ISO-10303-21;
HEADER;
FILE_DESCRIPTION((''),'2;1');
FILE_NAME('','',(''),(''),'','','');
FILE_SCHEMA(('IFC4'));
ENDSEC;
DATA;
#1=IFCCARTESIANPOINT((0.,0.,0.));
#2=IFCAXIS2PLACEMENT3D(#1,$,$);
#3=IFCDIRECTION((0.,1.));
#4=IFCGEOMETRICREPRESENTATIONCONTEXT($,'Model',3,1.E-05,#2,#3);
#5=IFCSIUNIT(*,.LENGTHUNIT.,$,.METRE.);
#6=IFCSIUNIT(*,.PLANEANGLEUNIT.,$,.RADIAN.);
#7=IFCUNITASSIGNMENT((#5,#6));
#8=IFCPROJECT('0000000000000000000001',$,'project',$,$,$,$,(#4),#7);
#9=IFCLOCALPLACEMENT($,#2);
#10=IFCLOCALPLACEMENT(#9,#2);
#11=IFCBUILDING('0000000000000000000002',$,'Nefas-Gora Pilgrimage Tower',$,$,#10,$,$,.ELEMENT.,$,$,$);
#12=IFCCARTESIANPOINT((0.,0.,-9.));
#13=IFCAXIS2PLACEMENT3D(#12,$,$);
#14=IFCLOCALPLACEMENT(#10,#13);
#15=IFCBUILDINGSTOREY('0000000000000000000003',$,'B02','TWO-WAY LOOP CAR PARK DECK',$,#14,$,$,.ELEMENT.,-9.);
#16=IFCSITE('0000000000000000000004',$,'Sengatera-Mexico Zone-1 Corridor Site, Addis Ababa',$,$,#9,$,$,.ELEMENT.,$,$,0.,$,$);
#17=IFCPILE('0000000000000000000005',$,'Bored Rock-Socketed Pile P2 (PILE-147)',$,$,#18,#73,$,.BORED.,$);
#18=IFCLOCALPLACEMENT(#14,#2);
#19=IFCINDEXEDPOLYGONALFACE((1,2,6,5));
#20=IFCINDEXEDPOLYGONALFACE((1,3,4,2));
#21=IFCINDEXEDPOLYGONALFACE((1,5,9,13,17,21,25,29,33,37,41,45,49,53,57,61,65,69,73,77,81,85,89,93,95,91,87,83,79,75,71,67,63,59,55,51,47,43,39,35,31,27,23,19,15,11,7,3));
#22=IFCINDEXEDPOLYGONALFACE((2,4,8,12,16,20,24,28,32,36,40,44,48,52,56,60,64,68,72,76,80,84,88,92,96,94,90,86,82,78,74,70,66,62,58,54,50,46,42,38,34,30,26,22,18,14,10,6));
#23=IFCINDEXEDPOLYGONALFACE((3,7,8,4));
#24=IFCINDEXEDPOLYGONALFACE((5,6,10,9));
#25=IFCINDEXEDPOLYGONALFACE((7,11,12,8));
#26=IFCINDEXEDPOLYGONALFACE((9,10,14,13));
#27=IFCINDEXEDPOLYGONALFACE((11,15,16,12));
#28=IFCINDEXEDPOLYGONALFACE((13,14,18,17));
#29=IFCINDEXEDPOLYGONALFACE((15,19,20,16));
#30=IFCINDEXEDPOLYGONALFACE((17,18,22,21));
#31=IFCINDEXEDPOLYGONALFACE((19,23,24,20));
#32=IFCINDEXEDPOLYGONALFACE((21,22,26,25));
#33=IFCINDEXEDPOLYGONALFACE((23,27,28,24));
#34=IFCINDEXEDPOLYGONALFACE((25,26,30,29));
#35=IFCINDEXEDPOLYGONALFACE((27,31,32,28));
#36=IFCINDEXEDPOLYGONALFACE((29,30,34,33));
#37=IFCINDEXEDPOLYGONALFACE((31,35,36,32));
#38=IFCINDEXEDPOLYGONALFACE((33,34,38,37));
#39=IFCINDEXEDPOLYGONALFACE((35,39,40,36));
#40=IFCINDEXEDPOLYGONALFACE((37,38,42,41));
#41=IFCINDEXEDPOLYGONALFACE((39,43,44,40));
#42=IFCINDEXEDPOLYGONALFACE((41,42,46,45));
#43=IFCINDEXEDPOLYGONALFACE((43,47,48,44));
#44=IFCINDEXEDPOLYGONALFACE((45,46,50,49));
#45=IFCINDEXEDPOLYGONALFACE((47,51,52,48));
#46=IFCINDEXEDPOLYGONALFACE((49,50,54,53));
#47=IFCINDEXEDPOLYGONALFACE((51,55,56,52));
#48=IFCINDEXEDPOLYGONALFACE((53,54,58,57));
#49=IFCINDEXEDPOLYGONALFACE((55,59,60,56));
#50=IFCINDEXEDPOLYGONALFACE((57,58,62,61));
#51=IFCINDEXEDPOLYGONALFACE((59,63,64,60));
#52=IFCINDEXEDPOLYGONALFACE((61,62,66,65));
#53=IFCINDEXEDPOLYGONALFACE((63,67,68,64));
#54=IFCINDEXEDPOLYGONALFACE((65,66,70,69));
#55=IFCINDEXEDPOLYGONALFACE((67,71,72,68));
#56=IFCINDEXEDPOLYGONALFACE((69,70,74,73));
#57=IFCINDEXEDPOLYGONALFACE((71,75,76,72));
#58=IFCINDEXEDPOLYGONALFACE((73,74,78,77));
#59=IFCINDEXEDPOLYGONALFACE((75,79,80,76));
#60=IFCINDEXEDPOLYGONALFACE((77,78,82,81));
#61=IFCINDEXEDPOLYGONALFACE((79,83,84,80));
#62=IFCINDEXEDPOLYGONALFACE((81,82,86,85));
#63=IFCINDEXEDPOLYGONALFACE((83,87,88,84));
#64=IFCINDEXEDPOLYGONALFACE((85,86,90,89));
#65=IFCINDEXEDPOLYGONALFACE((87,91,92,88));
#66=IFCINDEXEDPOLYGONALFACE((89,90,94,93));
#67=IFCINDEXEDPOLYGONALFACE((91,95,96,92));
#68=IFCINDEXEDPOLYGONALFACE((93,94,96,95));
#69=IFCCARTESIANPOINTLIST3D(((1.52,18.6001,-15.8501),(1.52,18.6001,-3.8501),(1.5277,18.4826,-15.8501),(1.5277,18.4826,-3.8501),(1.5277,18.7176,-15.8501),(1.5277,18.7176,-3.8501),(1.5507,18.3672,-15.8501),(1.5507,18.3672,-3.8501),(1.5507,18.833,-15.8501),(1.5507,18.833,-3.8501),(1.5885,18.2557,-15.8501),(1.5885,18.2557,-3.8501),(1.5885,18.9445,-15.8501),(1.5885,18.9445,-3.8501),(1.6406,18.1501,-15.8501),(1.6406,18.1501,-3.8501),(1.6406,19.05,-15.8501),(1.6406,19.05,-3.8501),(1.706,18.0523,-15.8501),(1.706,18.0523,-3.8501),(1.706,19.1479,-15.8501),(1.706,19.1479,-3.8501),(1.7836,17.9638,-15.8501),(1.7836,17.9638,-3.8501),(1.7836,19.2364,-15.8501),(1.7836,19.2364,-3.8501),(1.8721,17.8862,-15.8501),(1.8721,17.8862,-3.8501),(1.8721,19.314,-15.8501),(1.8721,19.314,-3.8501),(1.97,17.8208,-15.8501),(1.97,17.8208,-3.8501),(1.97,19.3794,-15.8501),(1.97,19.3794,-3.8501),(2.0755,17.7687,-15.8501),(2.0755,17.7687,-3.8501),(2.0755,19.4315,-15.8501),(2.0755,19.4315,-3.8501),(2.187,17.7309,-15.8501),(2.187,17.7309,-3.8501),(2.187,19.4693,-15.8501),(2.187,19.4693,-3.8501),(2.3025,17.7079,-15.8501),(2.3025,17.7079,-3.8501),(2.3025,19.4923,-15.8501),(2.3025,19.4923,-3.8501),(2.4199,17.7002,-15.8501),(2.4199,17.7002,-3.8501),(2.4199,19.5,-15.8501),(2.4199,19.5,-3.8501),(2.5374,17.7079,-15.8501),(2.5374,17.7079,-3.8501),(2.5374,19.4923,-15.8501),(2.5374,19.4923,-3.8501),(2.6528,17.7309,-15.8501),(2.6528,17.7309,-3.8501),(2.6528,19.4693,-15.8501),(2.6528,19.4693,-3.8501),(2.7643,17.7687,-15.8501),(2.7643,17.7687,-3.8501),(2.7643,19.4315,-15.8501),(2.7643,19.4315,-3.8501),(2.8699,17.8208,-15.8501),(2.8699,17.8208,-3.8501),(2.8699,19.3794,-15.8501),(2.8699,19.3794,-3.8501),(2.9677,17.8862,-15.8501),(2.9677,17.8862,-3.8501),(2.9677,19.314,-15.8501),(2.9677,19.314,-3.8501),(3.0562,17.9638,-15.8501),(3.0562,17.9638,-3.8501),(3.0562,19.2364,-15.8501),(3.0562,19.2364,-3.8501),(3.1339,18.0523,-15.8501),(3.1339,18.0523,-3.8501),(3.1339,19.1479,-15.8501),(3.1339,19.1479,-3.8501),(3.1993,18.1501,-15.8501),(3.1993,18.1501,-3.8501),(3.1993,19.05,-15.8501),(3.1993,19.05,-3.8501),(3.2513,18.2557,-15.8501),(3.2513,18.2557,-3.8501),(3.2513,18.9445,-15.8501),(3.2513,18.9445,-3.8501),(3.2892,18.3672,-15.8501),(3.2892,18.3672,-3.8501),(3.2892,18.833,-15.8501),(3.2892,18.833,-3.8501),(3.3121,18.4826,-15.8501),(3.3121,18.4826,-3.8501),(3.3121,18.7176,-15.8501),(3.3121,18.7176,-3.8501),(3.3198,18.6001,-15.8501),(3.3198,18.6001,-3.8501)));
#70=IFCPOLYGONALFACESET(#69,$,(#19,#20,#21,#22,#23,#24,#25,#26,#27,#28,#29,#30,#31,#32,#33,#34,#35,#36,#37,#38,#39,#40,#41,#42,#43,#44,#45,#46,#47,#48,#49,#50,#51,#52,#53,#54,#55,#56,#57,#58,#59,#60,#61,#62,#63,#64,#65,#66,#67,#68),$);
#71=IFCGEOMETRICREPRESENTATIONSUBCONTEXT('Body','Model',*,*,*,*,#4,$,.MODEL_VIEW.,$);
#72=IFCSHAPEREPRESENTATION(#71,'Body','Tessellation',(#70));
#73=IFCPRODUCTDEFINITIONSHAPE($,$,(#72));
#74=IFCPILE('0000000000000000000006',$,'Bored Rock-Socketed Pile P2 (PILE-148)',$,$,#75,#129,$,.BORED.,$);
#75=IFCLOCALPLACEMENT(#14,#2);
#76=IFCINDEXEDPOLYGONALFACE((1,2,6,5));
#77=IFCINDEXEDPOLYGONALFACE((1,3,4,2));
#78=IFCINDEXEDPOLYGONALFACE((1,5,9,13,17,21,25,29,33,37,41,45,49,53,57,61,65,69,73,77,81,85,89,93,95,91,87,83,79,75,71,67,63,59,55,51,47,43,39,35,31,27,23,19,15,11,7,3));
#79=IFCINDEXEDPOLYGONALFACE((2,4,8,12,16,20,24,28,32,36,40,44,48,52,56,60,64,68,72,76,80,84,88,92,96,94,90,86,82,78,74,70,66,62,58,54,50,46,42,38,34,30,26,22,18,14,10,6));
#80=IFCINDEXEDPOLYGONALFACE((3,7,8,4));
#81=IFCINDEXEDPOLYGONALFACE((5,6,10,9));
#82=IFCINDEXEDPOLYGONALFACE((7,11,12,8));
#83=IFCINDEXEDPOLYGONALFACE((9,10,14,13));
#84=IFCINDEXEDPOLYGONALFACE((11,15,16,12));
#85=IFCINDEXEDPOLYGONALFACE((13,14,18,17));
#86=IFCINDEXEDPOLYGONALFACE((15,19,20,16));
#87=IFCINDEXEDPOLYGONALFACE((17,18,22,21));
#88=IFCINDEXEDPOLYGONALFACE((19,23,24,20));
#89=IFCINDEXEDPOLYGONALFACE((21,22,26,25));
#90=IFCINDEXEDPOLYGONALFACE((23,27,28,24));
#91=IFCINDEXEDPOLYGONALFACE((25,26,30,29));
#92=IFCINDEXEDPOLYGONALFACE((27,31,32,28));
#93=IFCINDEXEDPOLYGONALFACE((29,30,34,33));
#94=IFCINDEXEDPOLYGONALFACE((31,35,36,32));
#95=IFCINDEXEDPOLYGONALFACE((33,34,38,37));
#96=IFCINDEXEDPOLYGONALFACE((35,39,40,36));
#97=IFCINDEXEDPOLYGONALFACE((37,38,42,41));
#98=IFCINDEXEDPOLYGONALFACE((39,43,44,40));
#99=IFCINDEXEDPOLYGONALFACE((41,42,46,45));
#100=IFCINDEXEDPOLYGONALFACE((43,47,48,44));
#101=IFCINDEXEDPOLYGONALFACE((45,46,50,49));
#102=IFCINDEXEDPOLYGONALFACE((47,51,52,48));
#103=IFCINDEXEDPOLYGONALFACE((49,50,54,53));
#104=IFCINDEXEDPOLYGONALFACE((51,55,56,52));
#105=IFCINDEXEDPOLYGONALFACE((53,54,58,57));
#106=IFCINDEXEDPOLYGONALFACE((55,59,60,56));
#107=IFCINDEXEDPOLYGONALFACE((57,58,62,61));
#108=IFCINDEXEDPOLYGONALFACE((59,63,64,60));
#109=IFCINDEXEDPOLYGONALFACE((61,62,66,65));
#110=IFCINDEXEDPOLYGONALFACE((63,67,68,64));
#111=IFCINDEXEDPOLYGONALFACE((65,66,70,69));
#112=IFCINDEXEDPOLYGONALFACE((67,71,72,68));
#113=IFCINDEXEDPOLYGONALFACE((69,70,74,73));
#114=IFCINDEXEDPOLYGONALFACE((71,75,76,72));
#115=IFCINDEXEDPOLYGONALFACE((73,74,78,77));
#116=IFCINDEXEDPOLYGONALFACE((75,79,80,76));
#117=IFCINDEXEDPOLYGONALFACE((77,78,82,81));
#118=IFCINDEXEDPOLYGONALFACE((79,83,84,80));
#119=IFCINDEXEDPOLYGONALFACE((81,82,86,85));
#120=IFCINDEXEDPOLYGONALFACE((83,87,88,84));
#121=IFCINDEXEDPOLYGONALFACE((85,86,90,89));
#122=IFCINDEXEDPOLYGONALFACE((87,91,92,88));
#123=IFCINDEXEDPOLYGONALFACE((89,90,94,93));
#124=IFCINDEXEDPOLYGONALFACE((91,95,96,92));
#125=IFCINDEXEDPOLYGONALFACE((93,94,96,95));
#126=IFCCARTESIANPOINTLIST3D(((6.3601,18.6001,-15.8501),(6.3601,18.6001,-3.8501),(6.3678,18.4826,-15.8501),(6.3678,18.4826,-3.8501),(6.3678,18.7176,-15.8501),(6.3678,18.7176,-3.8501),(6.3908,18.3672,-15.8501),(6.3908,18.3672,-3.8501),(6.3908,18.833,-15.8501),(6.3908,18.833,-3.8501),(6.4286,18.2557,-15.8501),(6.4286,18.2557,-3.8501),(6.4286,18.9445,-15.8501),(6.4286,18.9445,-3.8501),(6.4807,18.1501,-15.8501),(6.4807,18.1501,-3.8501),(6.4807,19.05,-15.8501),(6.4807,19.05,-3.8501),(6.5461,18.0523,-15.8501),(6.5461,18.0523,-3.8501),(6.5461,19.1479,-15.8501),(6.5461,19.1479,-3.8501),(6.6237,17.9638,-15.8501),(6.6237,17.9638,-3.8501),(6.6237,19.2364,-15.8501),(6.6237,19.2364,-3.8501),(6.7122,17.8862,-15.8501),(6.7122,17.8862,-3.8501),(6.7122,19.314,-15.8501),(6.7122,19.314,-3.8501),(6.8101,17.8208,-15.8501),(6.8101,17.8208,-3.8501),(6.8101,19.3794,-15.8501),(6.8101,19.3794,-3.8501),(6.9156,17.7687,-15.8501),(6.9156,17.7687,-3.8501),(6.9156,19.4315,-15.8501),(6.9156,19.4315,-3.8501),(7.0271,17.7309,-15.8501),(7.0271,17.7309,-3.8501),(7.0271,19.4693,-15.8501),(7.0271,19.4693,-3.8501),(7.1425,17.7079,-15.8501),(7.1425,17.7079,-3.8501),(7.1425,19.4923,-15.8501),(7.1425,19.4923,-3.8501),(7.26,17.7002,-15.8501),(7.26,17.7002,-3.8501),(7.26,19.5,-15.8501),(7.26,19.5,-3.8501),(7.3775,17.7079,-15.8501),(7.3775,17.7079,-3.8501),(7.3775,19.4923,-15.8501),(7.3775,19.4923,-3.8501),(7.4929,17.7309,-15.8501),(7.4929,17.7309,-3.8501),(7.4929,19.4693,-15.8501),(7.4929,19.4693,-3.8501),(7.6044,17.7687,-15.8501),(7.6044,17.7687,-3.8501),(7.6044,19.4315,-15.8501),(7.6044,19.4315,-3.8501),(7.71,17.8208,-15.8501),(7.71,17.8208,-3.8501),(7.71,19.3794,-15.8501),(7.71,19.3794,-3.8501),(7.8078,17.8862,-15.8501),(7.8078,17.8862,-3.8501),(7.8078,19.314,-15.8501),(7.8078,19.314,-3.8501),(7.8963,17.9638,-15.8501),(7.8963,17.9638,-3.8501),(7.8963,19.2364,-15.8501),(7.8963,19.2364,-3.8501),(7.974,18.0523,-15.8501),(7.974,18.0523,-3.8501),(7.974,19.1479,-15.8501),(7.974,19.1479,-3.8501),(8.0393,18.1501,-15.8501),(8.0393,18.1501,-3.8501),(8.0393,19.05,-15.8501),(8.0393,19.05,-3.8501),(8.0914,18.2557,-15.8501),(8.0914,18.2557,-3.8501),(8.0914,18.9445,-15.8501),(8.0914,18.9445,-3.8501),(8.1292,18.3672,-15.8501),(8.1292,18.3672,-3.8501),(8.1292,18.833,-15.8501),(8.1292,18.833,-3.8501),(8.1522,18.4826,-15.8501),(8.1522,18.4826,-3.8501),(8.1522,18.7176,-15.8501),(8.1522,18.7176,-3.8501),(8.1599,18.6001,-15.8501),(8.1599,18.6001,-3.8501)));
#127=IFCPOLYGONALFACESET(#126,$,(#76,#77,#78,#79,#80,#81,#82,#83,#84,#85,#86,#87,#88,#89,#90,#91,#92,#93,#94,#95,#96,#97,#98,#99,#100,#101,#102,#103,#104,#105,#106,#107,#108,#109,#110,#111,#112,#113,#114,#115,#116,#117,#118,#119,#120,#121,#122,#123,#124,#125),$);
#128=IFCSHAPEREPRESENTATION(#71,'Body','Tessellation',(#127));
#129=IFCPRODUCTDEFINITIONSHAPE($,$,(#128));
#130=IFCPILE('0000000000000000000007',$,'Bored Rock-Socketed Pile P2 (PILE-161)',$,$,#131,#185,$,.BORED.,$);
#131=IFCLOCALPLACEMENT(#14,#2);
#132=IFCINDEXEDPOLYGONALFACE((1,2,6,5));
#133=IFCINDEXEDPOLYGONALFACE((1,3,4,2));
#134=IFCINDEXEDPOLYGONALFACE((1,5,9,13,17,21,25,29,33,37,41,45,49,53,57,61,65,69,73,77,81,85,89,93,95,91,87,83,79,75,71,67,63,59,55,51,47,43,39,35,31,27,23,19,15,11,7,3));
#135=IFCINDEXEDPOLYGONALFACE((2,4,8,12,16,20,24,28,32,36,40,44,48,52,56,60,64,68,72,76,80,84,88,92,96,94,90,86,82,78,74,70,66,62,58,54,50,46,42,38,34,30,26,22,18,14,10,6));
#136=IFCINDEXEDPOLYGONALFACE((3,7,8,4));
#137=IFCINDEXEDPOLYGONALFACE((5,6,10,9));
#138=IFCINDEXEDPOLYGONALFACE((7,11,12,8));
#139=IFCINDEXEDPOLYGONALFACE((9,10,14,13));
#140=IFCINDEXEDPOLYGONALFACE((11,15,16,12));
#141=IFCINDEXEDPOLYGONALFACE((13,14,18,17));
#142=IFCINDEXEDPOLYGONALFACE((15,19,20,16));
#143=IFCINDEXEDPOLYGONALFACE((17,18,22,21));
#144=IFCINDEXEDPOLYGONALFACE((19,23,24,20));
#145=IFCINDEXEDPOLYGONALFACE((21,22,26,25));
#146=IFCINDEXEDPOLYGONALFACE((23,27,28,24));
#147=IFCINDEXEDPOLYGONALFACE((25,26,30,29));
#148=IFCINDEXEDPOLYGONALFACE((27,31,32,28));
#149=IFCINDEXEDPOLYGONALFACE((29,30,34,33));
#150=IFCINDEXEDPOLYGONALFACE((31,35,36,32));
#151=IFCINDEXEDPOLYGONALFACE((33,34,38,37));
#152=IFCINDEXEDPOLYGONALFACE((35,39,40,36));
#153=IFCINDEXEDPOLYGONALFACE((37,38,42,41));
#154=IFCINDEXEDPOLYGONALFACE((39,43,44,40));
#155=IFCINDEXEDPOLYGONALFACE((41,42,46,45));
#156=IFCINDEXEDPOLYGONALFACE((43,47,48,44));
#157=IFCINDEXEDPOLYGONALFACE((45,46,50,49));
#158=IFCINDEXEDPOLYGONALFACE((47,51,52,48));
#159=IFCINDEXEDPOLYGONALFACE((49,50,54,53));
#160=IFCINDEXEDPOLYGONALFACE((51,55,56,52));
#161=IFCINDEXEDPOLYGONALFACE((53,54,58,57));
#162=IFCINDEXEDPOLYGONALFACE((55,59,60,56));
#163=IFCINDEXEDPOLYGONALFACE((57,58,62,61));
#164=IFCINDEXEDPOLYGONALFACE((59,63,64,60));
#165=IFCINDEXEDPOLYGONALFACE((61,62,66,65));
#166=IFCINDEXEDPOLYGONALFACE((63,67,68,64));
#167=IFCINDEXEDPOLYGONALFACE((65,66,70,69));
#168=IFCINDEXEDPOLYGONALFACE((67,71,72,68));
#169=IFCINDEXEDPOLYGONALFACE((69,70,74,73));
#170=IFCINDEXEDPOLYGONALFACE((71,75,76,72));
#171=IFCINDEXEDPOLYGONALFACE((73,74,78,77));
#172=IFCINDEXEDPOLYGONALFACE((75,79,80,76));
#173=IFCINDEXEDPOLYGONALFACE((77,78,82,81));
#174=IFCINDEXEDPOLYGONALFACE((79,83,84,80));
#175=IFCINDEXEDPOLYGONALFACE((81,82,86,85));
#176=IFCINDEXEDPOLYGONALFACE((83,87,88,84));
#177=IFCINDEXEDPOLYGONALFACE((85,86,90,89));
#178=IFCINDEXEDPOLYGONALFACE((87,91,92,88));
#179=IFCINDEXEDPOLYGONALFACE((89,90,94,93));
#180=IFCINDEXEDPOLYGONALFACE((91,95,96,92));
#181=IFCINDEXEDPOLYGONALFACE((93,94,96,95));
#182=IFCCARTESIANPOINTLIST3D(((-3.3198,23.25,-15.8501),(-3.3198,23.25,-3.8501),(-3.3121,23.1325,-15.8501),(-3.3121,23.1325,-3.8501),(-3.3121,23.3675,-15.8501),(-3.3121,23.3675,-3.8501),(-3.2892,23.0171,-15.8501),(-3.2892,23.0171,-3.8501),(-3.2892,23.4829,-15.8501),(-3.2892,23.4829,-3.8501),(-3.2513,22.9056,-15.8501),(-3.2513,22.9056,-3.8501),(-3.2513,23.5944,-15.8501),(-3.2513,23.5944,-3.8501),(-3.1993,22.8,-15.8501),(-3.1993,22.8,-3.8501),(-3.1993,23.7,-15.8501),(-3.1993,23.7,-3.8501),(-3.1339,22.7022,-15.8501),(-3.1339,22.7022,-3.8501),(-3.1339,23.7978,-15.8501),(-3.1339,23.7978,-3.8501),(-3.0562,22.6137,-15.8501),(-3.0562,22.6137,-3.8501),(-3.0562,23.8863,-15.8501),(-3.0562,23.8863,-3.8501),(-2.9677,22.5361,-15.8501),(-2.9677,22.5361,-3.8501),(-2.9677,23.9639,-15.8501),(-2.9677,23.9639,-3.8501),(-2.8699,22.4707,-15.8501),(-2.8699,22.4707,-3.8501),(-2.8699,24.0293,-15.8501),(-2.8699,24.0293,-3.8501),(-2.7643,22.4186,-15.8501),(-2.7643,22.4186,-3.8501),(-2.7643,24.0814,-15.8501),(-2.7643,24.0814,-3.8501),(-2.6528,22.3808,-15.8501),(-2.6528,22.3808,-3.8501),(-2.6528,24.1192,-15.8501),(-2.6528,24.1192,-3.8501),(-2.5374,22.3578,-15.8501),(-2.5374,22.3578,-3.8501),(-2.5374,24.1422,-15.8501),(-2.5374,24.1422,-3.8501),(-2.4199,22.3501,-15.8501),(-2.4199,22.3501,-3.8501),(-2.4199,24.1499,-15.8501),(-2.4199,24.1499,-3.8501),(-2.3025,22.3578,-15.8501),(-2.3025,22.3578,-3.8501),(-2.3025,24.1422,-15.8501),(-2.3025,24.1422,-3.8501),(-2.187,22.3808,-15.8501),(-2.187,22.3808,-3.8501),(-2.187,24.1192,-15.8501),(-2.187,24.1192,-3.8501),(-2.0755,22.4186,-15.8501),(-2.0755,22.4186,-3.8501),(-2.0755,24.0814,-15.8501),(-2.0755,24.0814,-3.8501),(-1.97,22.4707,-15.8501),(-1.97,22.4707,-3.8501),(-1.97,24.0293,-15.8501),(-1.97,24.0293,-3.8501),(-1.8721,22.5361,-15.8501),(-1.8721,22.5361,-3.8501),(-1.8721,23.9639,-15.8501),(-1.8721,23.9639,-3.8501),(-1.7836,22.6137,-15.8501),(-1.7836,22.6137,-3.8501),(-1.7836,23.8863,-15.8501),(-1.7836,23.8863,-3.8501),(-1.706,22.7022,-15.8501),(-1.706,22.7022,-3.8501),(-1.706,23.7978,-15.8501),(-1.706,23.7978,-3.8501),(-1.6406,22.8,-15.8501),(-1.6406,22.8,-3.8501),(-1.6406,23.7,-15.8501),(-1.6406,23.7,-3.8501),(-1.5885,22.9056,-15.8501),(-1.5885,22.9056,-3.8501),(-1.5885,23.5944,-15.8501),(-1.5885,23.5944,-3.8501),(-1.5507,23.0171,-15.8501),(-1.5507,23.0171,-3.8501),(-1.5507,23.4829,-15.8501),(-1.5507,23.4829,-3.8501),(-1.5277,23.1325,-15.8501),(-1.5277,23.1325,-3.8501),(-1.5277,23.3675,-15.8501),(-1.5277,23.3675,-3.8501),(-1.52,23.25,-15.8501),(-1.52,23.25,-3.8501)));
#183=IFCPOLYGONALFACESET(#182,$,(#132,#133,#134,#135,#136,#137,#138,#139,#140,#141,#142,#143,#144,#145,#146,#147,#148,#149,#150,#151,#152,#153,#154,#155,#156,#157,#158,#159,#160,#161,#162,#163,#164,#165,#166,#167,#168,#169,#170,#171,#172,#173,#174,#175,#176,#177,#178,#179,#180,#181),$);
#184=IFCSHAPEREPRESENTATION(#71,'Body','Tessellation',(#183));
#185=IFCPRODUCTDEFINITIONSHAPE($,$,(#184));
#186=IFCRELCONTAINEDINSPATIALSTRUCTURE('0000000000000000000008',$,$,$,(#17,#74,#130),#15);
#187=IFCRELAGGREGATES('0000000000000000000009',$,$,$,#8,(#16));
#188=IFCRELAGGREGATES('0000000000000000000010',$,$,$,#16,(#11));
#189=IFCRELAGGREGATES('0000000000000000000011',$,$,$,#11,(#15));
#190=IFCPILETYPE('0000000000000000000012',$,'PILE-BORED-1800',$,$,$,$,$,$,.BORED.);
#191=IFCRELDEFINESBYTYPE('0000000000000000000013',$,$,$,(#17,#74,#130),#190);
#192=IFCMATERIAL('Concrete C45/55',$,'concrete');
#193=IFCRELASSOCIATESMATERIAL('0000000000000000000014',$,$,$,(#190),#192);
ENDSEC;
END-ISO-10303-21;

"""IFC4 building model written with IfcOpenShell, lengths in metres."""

from ifc_helpers import new_model, si_unit, direction, frame, origin, origin_2d, place, context, subcontext, project, spatial, circle, extrude, source, transform, mapped, material, material_profile, profile_set, type_object, element, save


model = new_model("IFC4")

# Units and contexts
model_context = context("Model", 3, precision=1e-05, world=origin(), true_north=direction((0.0, 1.0)))
body_context = subcontext(model_context, "Body", "Model", "MODEL_VIEW")
ifc_project = project(units=[si_unit("LENGTHUNIT", "METRE"), si_unit("PLANEANGLEUNIT", "RADIAN")], contexts=[model_context])

# Site, building, storey
site_placement = place(None, origin())
site = spatial("IfcSite", under=ifc_project, at=site_placement, Name="Sengatera-Mexico Zone-1 Corridor Site, Addis Ababa", CompositionType="ELEMENT", RefElevation=0.0)
building_placement = place(site_placement, origin())
building = spatial("IfcBuilding", under=site, at=building_placement, Name="Nefas-Gora Pilgrimage Tower", CompositionType="ELEMENT")
storey_placement = place(building_placement, frame((0.0, 0.0, -9.0)))
storey = spatial("IfcBuildingStorey", under=building, at=storey_placement, Name="B02", Description="TWO-WAY LOOP CAR PARK DECK", CompositionType="ELEMENT", Elevation=-9.0)

# Piles
ifc_material_1 = material(Name="Concrete C45/55", Category="concrete")
ifc_material_profile_1 = material_profile(ifc_material_1, circle(Radius=0.8999, at=origin_2d()), Name="PILE D1800")
ifc_profile_set_1 = profile_set([ifc_material_profile_1], Name="Concrete C45/55")
pile_type_1 = type_object("IfcPileType", Name="PILE-BORED-1800", PredefinedType="BORED", material=ifc_profile_set_1)
shared_shape_1 = source(origin(), body_context, "Body", "SweptSolid", [
    extrude(circle(Radius=0.8999, at=origin_2d()), origin(), (0.0, 0.0, 1.0), 12.0),
])
for number, where, z_axis, x_axis, name in (
    (1, (2.4199, 18.6001, -3.8501), (0.0, 0.0, -1.0), (1.0, 0.0, 0.0), "Bored Rock-Socketed Pile P2 (PILE-147)"),
    (2, (7.26, 18.6001, -3.8501), (0.0, 0.0, -1.0), (1.0, 0.0, 0.0), "Bored Rock-Socketed Pile P2 (PILE-148)"),
    (3, (-2.4199, 23.25, -3.8501), (0.0, 0.0, -1.0), (1.0, 0.0, 0.0), "Bored Rock-Socketed Pile P2 (PILE-161)"),
):
    element("IfcPile", number, at=place(storey_placement, frame(where, z_axis=z_axis, x_axis=x_axis)), inside=storey, type_object=pile_type_1, Name=name, PredefinedType="BORED", context=body_context, shape_type="MappedRepresentation", body=[
        mapped(shared_shape_1, transform((0.0, 0.0, 0.0), x_axis=(1.0, 0.0, 0.0), y_axis=(0.0, 1.0, 0.0), z_axis=(0.0, 0.0, 1.0), scale=1.0)),
    ])

save(model, "model.ifc")
